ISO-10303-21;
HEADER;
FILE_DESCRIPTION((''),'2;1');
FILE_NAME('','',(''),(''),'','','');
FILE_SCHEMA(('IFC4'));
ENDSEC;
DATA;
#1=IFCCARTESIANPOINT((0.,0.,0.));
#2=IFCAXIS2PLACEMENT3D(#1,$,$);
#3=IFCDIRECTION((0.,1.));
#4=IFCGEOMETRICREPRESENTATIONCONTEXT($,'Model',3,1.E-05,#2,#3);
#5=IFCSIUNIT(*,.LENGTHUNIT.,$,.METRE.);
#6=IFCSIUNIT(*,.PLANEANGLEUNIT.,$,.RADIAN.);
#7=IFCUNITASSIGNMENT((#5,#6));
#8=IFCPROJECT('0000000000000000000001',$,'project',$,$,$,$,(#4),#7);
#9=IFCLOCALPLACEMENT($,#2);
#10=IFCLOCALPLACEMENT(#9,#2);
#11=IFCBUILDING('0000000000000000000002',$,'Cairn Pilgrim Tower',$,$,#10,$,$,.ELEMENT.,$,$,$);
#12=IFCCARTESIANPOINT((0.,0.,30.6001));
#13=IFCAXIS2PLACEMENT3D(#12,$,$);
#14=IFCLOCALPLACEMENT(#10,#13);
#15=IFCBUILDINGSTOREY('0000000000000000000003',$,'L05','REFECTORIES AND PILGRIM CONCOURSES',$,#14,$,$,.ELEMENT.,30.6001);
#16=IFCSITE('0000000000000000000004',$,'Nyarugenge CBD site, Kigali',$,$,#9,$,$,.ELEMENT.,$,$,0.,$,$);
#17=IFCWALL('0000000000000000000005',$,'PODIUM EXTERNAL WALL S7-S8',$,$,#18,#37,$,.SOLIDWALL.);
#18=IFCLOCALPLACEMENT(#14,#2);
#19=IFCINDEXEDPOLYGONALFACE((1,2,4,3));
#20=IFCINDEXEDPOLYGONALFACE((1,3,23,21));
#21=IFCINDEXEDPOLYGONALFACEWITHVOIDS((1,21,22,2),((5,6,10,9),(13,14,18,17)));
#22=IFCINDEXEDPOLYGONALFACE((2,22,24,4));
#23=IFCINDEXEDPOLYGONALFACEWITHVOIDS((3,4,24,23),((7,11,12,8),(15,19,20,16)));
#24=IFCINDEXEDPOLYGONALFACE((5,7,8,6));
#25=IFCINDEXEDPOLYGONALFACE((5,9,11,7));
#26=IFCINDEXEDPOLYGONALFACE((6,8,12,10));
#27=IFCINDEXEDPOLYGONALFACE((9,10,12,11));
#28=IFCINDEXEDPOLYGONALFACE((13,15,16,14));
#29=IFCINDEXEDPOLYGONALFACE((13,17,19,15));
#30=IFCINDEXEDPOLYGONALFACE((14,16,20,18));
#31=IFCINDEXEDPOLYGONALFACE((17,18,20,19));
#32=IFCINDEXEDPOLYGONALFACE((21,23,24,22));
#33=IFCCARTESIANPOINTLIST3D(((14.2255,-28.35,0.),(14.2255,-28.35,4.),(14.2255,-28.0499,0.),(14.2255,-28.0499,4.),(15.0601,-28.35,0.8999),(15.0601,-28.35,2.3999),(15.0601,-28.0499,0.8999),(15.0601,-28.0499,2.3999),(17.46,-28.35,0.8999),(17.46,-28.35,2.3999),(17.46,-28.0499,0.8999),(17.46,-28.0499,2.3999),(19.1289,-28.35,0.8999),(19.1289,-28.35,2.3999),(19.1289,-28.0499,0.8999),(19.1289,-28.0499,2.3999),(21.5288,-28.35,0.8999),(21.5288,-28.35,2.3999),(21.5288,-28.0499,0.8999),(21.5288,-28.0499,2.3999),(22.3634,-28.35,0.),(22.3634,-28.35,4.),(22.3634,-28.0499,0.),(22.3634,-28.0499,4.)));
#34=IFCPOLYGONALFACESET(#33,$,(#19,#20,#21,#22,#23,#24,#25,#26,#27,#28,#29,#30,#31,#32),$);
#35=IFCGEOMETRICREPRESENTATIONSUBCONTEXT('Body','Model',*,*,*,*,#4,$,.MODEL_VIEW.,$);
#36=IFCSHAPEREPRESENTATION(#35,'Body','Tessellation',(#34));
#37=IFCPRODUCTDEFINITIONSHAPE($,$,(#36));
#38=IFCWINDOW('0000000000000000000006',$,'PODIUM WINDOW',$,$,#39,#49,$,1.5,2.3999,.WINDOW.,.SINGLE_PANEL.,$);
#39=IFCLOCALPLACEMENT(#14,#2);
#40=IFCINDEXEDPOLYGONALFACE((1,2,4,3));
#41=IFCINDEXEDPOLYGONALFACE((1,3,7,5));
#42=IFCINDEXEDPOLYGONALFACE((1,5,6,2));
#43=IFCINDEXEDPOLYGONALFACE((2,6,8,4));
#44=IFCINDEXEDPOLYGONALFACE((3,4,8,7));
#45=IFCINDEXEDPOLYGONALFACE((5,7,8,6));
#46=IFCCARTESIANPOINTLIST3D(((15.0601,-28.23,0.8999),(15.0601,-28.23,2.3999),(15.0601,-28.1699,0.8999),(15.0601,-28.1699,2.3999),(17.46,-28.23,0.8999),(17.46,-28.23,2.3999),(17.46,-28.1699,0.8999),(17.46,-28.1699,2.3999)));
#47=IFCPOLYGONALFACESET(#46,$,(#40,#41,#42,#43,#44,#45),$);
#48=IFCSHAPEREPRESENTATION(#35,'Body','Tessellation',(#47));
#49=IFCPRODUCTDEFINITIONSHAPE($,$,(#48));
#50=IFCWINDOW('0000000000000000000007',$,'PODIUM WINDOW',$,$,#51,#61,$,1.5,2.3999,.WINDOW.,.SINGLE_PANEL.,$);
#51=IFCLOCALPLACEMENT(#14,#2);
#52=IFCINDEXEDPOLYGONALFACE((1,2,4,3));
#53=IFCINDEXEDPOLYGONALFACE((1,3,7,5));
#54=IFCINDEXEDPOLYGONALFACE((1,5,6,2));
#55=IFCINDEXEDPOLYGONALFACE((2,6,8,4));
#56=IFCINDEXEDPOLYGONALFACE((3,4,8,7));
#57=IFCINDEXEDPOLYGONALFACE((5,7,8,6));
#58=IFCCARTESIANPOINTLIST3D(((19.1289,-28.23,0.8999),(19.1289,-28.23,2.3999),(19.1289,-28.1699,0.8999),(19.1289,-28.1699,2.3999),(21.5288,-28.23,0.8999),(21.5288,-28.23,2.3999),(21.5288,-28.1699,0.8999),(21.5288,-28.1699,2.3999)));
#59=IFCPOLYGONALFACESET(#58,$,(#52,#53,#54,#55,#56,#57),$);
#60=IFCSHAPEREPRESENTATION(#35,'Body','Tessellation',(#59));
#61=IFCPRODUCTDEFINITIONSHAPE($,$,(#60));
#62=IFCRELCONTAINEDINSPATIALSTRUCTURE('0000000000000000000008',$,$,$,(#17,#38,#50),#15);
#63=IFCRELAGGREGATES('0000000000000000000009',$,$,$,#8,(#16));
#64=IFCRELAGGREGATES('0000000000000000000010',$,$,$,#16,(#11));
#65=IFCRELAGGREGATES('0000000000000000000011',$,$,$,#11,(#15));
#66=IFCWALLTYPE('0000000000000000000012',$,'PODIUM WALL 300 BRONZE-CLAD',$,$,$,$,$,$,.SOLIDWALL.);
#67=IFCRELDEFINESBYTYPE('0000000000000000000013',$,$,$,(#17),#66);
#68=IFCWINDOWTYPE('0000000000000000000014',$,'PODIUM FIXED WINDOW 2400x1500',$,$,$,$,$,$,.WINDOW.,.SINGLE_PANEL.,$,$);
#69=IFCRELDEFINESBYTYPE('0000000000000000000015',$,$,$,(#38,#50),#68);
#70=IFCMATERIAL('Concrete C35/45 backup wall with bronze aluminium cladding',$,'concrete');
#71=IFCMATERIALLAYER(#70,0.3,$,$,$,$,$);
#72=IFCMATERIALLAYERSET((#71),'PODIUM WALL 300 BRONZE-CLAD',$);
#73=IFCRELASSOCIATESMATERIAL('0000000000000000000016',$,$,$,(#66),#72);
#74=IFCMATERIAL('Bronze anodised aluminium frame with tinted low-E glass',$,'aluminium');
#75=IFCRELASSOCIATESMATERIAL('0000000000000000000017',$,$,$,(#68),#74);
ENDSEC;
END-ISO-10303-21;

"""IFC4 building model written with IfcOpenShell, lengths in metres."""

from ifc_helpers import new_model, si_unit, direction, frame, frame_2d, origin, place, context, subcontext, project, spatial, rectangle, extrude, material, layer, layer_set, type_object, element, fill, save


model = new_model("IFC4")

# Units and contexts
model_context = context("Model", 3, precision=1e-05, world=origin(), true_north=direction((0.0, 1.0)))
body_context = subcontext(model_context, "Body", "Model", "MODEL_VIEW")
ifc_project = project(units=[si_unit("LENGTHUNIT", "METRE"), si_unit("PLANEANGLEUNIT", "RADIAN")], contexts=[model_context])

# Site, building, storey
site_placement = place(None, origin())
site = spatial("IfcSite", under=ifc_project, at=site_placement, Name="Nyarugenge CBD site, Kigali", CompositionType="ELEMENT", RefElevation=0.0)
building_placement = place(site_placement, origin())
building = spatial("IfcBuilding", under=site, at=building_placement, Name="Cairn Pilgrim Tower", CompositionType="ELEMENT")
storey_placement = place(building_placement, frame((0.0, 0.0, 30.6001)))
storey = spatial("IfcBuildingStorey", under=building, at=storey_placement, Name="L05", Description="REFECTORIES AND PILGRIM CONCOURSES", CompositionType="ELEMENT", Elevation=30.6001)

# Wall, openings, windows
ifc_material_1 = material(Name="Concrete C35/45 backup wall with bronze aluminium cladding", Category="concrete")
ifc_layer_1 = layer(ifc_material_1, 0.3)
ifc_layer_set_1 = layer_set([ifc_layer_1], Name="PODIUM WALL 300 BRONZE-CLAD")
wall_type_1 = type_object("IfcWallType", Name="PODIUM WALL 300 BRONZE-CLAD", PredefinedType="SOLIDWALL", material=ifc_layer_set_1)
ifc_material_2 = material(Name="Bronze anodised aluminium frame with tinted low-E glass", Category="aluminium")
window_type = type_object("IfcWindowType", Name="PODIUM FIXED WINDOW 2400x1500", PartitioningType="SINGLE_PANEL", PredefinedType="WINDOW", material=ifc_material_2)
wall_1_placement = place(storey_placement, frame((14.2256, -28.2, 0.0), z_axis=(0.0, 0.0, 1.0), x_axis=(1.0, 0.0, 0.0)))
wall_1 = element("IfcWall", 1, at=wall_1_placement, inside=storey, type_object=wall_type_1, Name="PODIUM EXTERNAL WALL S7-S8", PredefinedType="SOLIDWALL", context=body_context, shape_type="SweptSolid", body=[
    extrude(rectangle(XDim=8.1379, YDim=0.3, at=frame_2d((4.0688, 0.0))), origin(), (0.0, 0.0, 1.0), 4.0),
])
opening_1_placement = place(wall_1_placement, frame((0.8345, 0.0, 0.8999)))
opening_1 = element("IfcOpeningElement", 2, at=opening_1_placement, cuts=wall_1, PredefinedType="OPENING", context=body_context, shape_type="SweptSolid", body=[
    extrude(rectangle(XDim=2.3999, YDim=1.5, at=frame_2d((1.2, 0.75))), frame((0.0, 0.1602, 0.0), z_axis=(0.0, -1.0, 0.0), x_axis=(1.0, 0.0, 0.0)), (0.0, 0.0, 1.0), 0.3201),
])
opening_2_placement = place(wall_1_placement, frame((4.9033, 0.0, 0.8999)))
opening_2 = element("IfcOpeningElement", 3, at=opening_2_placement, cuts=wall_1, PredefinedType="OPENING", context=body_context, shape_type="SweptSolid", body=[
    extrude(rectangle(XDim=2.3999, YDim=1.5, at=frame_2d((1.2, 0.75))), frame((0.0, 0.1602, 0.0), z_axis=(0.0, -1.0, 0.0), x_axis=(1.0, 0.0, 0.0)), (0.0, 0.0, 1.0), 0.3201),
])
window_1_placement = place(opening_1_placement, origin())
window_1 = element("IfcWindow", 4, at=window_1_placement, inside=storey, type_object=window_type, Name="PODIUM WINDOW", OverallHeight=1.5, OverallWidth=2.3999, PartitioningType="SINGLE_PANEL", PredefinedType="WINDOW", context=body_context, shape_type="SweptSolid", body=[
    extrude(rectangle(XDim=2.3999, YDim=1.5, at=frame_2d((1.2, 0.75))), frame((0.0, 0.03, 0.0), z_axis=(0.0, -1.0, 0.0), x_axis=(1.0, 0.0, 0.0)), (0.0, 0.0, 1.0), 0.0601),
])
fill(opening_1, window_1)
window_2_placement = place(opening_2_placement, origin())
window_2 = element("IfcWindow", 5, at=window_2_placement, inside=storey, type_object=window_type, Name="PODIUM WINDOW", OverallHeight=1.5, OverallWidth=2.3999, PartitioningType="SINGLE_PANEL", PredefinedType="WINDOW", context=body_context, shape_type="SweptSolid", body=[
    extrude(rectangle(XDim=2.3999, YDim=1.5, at=frame_2d((1.2, 0.75))), frame((0.0, 0.03, 0.0), z_axis=(0.0, -1.0, 0.0), x_axis=(1.0, 0.0, 0.0)), (0.0, 0.0, 1.0), 0.0601),
])
fill(opening_2, window_2)

save(model, "model.ifc")
